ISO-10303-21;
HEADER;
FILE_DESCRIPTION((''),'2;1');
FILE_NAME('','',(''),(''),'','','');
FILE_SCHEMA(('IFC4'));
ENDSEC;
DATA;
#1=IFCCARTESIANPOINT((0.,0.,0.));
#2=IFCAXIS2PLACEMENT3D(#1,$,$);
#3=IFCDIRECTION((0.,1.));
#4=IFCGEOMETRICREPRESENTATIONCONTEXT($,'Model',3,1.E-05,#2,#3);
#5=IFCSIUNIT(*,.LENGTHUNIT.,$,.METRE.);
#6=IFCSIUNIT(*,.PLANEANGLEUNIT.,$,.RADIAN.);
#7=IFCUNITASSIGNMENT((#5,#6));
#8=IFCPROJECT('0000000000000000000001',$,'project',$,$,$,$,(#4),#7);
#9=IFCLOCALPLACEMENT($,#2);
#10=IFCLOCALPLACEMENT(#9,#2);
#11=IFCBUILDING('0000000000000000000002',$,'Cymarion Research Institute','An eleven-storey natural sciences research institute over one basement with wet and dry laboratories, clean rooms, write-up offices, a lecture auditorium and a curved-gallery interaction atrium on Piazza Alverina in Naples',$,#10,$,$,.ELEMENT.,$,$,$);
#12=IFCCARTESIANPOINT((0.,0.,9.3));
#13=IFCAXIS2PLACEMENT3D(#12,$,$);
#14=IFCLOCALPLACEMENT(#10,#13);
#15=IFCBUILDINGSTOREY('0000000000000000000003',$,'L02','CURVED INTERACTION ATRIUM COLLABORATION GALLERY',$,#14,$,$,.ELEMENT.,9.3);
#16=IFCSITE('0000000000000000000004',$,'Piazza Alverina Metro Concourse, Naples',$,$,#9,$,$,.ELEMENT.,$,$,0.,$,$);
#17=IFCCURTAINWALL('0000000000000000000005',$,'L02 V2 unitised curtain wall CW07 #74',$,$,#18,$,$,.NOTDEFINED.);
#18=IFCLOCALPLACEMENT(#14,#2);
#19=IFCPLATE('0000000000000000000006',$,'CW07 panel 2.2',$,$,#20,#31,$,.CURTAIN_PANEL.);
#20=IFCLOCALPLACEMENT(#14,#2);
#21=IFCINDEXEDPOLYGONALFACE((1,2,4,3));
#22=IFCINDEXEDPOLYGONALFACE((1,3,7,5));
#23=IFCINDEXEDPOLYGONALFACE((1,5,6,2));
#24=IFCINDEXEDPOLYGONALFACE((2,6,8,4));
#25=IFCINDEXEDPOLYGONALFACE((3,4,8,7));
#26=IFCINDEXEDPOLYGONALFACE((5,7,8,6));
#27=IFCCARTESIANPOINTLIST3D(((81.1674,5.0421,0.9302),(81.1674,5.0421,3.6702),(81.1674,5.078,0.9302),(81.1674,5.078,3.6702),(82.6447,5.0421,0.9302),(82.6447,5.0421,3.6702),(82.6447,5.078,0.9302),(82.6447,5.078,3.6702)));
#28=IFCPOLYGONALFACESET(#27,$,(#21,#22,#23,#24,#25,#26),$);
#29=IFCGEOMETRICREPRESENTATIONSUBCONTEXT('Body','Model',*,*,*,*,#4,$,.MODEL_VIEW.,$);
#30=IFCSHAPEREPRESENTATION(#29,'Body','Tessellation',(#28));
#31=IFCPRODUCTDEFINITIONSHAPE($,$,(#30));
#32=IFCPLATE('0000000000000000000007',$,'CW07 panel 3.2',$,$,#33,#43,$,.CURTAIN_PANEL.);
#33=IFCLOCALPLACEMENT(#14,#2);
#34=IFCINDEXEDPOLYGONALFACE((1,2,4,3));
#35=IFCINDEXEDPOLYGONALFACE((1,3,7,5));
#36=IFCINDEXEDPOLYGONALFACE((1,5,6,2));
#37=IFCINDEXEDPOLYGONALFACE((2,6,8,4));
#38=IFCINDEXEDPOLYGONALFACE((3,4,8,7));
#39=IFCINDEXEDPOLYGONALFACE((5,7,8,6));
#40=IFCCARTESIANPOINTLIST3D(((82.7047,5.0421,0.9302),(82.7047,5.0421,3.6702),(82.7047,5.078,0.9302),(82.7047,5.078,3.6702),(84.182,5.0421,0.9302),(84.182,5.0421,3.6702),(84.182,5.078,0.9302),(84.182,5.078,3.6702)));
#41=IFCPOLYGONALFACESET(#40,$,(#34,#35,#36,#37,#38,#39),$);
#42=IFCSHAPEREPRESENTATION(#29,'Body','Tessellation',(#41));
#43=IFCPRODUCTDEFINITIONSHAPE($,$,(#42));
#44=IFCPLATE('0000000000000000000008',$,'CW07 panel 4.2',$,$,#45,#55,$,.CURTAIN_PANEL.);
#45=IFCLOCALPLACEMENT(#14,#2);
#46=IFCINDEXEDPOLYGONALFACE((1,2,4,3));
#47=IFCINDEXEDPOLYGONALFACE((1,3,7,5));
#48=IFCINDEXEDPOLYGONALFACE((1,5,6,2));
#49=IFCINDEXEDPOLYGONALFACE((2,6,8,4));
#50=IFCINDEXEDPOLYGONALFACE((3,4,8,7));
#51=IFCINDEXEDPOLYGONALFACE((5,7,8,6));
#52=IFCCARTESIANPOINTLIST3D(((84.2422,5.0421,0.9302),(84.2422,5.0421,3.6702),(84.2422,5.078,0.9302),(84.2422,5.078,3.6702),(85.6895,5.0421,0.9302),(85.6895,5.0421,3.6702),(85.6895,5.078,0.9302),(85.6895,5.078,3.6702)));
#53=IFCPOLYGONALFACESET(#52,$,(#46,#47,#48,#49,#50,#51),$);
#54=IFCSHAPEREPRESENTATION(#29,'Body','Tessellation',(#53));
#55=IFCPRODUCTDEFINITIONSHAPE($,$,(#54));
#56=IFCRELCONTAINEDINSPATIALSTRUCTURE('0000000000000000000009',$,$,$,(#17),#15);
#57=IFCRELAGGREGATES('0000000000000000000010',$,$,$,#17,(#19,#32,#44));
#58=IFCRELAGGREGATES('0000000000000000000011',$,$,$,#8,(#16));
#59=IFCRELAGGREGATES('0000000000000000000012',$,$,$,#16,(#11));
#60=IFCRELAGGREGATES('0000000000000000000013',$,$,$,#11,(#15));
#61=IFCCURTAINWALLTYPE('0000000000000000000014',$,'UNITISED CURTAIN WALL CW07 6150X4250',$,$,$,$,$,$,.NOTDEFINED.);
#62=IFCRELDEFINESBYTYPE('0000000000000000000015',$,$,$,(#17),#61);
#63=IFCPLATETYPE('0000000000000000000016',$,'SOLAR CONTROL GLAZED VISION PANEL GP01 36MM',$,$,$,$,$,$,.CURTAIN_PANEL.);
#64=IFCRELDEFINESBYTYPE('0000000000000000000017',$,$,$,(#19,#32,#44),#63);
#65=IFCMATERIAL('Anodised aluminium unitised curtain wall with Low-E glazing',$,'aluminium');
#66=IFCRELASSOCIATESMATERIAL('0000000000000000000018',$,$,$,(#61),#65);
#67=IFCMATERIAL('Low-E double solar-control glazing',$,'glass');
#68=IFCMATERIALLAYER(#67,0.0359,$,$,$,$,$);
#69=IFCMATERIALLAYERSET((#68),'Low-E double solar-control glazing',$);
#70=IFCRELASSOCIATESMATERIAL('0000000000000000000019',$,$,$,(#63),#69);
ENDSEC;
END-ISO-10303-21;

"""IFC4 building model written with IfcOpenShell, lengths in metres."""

from ifc_helpers import new_model, si_unit, direction, frame, origin, origin_2d, place, context, subcontext, project, spatial, rectangle, extrude, material, layer, layer_set, type_object, element, aggregate, save


model = new_model("IFC4")

# Units and contexts
model_context = context("Model", 3, precision=1e-05, world=origin(), true_north=direction((0.0, 1.0)))
body_context = subcontext(model_context, "Body", "Model", "MODEL_VIEW")
ifc_project = project(units=[si_unit("LENGTHUNIT", "METRE"), si_unit("PLANEANGLEUNIT", "RADIAN")], contexts=[model_context])

# Site, building, storey
site_placement = place(None, origin())
site = spatial("IfcSite", under=ifc_project, at=site_placement, Name="Piazza Alverina Metro Concourse, Naples", CompositionType="ELEMENT", RefElevation=0.0)
building_placement = place(site_placement, origin())
building = spatial("IfcBuilding", under=site, at=building_placement, Name="Cymarion Research Institute", Description="An eleven-storey natural sciences research institute over one basement with wet and dry laboratories, clean rooms, write-up offices, a lecture auditorium and a curved-gallery interaction atrium on Piazza Alverina in Naples", CompositionType="ELEMENT")
storey_placement = place(building_placement, frame((0.0, 0.0, 9.3)))
storey = spatial("IfcBuildingStorey", under=building, at=storey_placement, Name="L02", Description="CURVED INTERACTION ATRIUM COLLABORATION GALLERY", CompositionType="ELEMENT", Elevation=9.3)

# Curtain wall
ifc_material_1 = material(Name="Anodised aluminium unitised curtain wall with Low-E glazing", Category="aluminium")
curtain_wall_type = type_object("IfcCurtainWallType", Name="UNITISED CURTAIN WALL CW07 6150X4250", PredefinedType="NOTDEFINED", material=ifc_material_1)
curtain_wall_1_placement = place(storey_placement, origin())
curtain_wall_1 = element("IfcCurtainWall", 1, at=curtain_wall_1_placement, inside=storey, type_object=curtain_wall_type, Name="L02 V2 unitised curtain wall CW07 #74", PredefinedType="NOTDEFINED")

# Plates
ifc_material_2 = material(Name="Low-E double solar-control glazing", Category="glass")
ifc_layer_1 = layer(ifc_material_2, 0.0359)
ifc_layer_set_1 = layer_set([ifc_layer_1], Name="Low-E double solar-control glazing")
plate_type_1 = type_object("IfcPlateType", Name="SOLAR CONTROL GLAZED VISION PANEL GP01 36MM", PredefinedType="CURTAIN_PANEL", material=ifc_layer_set_1)
plate_1_placement = place(storey_placement, frame((81.906, 5.0601, 0.9302), z_axis=(0.0, 0.0, 1.0), x_axis=(1.0, 0.0, 0.0)))
plate_1 = element("IfcPlate", 2, at=plate_1_placement, type_object=plate_type_1, Name="CW07 panel 2.2", PredefinedType="CURTAIN_PANEL", context=body_context, shape_type="SweptSolid", body=[
    extrude(rectangle(XDim=1.4773, YDim=0.0359, at=origin_2d()), origin(), (0.0, 0.0, 1.0), 2.74),
])
plate_2_placement = place(storey_placement, frame((83.4434, 5.0601, 0.9302), z_axis=(0.0, 0.0, 1.0), x_axis=(1.0, 0.0, 0.0)))
plate_2 = element("IfcPlate", 3, at=plate_2_placement, type_object=plate_type_1, Name="CW07 panel 3.2", PredefinedType="CURTAIN_PANEL", context=body_context, shape_type="SweptSolid", body=[
    extrude(rectangle(XDim=1.4773, YDim=0.0359, at=origin_2d()), origin(), (0.0, 0.0, 1.0), 2.74),
])
plate_3_placement = place(storey_placement, frame((84.9658, 5.0601, 0.9302), z_axis=(0.0, 0.0, 1.0), x_axis=(1.0, 0.0, 0.0)))
plate_3 = element("IfcPlate", 4, at=plate_3_placement, type_object=plate_type_1, Name="CW07 panel 4.2", PredefinedType="CURTAIN_PANEL", context=body_context, shape_type="SweptSolid", body=[
    extrude(rectangle(XDim=1.4473, YDim=0.0359, at=origin_2d()), origin(), (0.0, 0.0, 1.0), 2.74),
])
aggregate(curtain_wall_1, [plate_1, plate_2, plate_3])

save(model, "model.ifc")
